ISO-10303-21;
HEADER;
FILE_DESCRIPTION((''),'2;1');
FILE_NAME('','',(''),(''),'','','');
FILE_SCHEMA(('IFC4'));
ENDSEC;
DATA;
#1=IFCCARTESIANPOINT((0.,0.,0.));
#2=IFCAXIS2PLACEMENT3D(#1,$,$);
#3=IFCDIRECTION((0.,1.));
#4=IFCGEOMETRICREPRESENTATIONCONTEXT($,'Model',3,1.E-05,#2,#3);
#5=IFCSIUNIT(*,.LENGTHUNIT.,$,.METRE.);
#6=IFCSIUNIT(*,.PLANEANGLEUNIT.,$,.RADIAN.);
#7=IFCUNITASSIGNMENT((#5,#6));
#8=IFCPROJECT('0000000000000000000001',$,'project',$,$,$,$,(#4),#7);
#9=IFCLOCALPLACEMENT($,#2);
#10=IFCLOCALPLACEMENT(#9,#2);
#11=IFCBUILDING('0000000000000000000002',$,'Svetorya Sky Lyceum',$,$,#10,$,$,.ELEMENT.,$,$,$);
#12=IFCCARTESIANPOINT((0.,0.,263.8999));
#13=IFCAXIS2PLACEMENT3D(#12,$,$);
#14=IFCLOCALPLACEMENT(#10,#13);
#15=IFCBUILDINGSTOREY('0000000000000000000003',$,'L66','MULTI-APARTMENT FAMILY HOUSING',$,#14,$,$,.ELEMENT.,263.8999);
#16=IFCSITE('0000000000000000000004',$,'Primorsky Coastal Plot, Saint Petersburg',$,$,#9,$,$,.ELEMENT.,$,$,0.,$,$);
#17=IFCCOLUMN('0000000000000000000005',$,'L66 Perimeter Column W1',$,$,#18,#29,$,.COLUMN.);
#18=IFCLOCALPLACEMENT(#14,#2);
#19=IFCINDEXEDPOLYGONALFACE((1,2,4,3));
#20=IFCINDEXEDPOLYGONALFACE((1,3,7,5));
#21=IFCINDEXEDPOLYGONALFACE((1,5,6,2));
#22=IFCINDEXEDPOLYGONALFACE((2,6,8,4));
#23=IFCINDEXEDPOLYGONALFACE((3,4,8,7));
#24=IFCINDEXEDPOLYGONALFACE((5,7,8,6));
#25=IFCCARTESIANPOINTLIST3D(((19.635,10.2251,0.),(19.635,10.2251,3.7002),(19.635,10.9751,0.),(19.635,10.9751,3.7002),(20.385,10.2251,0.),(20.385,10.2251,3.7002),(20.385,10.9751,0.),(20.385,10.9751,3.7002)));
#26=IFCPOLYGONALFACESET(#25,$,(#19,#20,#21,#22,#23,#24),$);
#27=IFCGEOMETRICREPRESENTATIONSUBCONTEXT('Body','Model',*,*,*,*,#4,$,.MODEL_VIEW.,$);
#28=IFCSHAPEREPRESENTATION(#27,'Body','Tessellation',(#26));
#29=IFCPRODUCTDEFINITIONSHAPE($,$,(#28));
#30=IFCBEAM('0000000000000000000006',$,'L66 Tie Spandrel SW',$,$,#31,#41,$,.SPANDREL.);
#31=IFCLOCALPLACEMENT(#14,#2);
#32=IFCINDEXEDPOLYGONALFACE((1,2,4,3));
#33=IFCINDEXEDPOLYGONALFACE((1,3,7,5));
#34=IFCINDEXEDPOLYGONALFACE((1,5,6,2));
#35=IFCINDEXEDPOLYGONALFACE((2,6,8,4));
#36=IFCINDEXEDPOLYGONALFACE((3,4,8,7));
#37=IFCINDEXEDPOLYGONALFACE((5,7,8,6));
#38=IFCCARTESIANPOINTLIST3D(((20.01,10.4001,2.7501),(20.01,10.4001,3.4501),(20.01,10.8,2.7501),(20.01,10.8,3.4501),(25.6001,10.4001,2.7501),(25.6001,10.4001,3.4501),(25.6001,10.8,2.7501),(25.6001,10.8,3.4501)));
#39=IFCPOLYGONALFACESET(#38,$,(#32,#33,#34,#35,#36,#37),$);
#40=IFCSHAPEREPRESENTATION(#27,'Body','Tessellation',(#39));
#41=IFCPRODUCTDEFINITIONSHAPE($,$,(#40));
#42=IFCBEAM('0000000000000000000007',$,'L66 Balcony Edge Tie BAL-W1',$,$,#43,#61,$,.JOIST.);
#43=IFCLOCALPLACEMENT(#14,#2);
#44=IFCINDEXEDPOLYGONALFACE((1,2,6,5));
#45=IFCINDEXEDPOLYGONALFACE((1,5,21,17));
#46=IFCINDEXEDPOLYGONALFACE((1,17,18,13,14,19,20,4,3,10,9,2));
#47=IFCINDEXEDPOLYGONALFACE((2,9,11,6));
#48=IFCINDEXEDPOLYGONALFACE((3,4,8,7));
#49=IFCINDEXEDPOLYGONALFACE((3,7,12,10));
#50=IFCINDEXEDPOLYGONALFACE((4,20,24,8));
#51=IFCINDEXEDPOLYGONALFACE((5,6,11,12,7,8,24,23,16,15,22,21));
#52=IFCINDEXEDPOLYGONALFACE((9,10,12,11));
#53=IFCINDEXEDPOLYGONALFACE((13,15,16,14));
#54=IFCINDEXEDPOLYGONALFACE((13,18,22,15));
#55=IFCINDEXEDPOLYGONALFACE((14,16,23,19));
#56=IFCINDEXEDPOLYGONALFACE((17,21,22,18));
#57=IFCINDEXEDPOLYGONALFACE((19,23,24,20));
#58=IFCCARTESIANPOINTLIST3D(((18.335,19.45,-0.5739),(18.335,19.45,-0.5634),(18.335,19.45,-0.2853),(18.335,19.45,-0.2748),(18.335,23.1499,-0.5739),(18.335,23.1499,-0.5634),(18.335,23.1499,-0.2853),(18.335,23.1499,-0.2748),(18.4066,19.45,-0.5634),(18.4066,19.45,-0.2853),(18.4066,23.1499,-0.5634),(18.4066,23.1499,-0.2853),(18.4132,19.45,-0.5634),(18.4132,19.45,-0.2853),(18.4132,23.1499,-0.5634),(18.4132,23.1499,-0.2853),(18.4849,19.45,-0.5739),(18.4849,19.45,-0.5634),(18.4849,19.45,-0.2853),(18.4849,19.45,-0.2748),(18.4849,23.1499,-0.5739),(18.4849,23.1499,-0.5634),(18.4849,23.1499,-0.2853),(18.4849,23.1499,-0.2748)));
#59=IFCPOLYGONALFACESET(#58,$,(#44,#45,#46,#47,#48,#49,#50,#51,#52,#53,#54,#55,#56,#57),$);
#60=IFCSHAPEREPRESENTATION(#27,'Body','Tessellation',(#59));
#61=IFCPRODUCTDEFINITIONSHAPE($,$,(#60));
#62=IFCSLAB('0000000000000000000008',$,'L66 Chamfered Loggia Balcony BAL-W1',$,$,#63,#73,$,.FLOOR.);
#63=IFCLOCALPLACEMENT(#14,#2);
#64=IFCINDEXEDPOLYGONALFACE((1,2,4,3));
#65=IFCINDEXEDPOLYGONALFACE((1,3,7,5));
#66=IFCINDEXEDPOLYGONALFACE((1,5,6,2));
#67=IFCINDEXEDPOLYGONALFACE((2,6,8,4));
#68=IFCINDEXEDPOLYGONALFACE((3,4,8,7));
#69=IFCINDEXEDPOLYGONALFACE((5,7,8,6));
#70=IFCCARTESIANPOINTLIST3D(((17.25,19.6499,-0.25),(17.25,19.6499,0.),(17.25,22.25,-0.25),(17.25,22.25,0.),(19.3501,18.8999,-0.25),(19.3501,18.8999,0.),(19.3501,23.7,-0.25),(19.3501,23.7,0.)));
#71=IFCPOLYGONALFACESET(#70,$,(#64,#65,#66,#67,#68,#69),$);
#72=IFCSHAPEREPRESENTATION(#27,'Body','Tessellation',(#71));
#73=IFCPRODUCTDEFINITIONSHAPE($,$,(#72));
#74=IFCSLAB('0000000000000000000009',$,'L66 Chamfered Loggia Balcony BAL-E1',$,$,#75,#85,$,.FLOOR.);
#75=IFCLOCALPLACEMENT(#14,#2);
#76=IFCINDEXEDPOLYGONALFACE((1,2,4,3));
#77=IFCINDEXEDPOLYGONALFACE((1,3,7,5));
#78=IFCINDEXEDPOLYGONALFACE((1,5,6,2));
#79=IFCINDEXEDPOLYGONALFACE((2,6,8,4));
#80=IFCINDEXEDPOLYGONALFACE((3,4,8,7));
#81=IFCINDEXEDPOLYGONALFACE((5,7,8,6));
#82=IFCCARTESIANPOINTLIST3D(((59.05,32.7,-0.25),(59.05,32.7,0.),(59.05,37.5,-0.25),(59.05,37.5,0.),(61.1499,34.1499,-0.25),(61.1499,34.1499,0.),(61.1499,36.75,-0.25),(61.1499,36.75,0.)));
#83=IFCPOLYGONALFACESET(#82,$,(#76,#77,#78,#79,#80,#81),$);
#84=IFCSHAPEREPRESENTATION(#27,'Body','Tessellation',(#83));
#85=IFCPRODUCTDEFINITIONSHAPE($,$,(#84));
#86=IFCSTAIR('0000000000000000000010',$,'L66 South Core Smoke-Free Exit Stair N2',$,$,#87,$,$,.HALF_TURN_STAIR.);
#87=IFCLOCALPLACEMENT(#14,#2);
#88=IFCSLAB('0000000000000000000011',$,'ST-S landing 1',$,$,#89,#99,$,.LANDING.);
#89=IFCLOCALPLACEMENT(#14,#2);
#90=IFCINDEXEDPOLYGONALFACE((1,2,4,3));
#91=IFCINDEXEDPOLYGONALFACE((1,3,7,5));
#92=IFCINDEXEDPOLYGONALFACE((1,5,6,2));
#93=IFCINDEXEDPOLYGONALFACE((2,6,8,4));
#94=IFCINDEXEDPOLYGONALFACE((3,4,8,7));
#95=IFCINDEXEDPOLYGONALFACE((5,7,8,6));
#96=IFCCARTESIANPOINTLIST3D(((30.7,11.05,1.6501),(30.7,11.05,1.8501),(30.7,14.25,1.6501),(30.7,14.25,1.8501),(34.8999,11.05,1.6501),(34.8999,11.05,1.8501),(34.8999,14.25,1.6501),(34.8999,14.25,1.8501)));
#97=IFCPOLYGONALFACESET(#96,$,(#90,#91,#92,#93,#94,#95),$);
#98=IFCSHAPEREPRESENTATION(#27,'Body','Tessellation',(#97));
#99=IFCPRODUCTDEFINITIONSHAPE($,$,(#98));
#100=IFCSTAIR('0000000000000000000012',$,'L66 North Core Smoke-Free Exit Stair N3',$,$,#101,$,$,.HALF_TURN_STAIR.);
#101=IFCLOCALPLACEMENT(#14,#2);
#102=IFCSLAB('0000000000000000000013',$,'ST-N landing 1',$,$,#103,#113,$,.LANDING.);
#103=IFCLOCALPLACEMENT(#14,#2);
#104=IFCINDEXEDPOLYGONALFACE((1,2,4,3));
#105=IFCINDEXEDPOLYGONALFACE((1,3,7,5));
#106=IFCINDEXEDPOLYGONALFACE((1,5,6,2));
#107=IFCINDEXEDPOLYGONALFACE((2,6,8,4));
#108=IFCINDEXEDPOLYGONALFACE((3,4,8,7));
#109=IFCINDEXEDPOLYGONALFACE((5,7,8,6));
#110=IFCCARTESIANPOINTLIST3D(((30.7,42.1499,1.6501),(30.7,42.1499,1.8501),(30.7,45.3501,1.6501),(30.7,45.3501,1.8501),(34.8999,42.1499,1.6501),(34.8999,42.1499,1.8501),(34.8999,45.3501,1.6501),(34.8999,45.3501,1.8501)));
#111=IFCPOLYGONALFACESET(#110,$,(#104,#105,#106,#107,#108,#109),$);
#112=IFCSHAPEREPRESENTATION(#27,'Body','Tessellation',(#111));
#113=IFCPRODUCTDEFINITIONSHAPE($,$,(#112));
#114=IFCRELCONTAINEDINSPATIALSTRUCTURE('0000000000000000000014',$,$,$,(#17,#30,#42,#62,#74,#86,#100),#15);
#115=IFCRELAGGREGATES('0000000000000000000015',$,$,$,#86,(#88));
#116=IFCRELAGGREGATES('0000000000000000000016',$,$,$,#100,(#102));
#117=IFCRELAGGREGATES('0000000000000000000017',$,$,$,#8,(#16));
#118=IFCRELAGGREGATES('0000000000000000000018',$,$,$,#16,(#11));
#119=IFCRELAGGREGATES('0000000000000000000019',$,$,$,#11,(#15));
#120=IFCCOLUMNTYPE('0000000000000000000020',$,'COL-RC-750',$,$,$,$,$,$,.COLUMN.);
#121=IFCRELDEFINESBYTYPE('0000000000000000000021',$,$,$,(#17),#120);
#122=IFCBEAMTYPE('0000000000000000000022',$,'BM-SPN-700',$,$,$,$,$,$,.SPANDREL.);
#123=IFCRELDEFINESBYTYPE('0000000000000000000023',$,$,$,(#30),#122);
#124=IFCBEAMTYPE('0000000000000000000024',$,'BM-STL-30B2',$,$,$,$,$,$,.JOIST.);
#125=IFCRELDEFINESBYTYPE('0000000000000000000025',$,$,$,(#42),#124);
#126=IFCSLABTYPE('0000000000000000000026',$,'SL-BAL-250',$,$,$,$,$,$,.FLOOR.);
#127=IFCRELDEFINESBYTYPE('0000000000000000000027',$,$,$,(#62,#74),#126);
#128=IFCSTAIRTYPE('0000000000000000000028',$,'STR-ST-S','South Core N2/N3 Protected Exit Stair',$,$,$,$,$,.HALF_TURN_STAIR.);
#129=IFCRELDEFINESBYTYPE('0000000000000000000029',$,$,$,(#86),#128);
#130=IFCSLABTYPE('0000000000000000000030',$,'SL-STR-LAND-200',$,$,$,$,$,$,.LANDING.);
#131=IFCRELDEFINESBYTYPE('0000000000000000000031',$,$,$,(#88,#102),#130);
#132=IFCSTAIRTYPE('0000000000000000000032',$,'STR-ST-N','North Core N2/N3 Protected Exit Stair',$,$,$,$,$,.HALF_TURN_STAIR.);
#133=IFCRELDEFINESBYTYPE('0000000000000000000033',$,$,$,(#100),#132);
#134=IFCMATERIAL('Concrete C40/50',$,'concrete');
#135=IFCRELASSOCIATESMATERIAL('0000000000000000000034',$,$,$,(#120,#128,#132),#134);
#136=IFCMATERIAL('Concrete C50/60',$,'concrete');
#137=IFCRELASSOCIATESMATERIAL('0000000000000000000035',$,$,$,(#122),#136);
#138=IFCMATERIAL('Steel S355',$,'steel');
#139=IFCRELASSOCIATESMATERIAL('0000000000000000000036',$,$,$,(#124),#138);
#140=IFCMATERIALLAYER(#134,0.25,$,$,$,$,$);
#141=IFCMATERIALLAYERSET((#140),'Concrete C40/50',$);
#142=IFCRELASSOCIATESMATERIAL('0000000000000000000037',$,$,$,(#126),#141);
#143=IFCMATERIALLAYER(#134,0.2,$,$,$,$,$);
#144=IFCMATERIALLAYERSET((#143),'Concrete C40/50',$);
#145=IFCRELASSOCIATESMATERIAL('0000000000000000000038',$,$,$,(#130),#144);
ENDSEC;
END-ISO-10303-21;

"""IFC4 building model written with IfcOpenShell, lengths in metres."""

from ifc_helpers import new_model, si_unit, direction, frame, origin, origin_2d, place, context, subcontext, project, spatial, polyline, rectangle, i_section, outline, extrude, material, layer, layer_set, material_profile, profile_set, type_object, element, aggregate, save


model = new_model("IFC4")

# Units and contexts
model_context = context("Model", 3, precision=1e-05, world=origin(), true_north=direction((0.0, 1.0)))
body_context = subcontext(model_context, "Body", "Model", "MODEL_VIEW")
ifc_project = project(units=[si_unit("LENGTHUNIT", "METRE"), si_unit("PLANEANGLEUNIT", "RADIAN")], contexts=[model_context])

# Site, building, storey
site_placement = place(None, origin())
site = spatial("IfcSite", under=ifc_project, at=site_placement, Name="Primorsky Coastal Plot, Saint Petersburg", CompositionType="ELEMENT", RefElevation=0.0)
building_placement = place(site_placement, origin())
building = spatial("IfcBuilding", under=site, at=building_placement, Name="Svetorya Sky Lyceum", CompositionType="ELEMENT")
storey_placement = place(building_placement, frame((0.0, 0.0, 263.8999)))
storey = spatial("IfcBuildingStorey", under=building, at=storey_placement, Name="L66", Description="MULTI-APARTMENT FAMILY HOUSING", CompositionType="ELEMENT", Elevation=263.8999)

# Column
ifc_material_1 = material(Name="Concrete C40/50", Category="concrete")
ifc_material_profile_1 = material_profile(ifc_material_1, rectangle(XDim=0.75, YDim=0.75, at=origin_2d()), Name="RC COL 750x750")
ifc_profile_set_1 = profile_set([ifc_material_profile_1], Name="Concrete C40/50")
column_type = type_object("IfcColumnType", Name="COL-RC-750", PredefinedType="COLUMN", material=ifc_profile_set_1)
column_placement = place(storey_placement, frame((20.01, 10.6001, 0.0), z_axis=(0.0, 0.0, 1.0), x_axis=(1.0, 0.0, 0.0)))
element("IfcColumn", 1, at=column_placement, inside=storey, type_object=column_type, Name="L66 Perimeter Column W1", PredefinedType="COLUMN", context=body_context, shape_type="SweptSolid", body=[
    extrude(rectangle(XDim=0.75, YDim=0.75, at=origin_2d()), origin(), (0.0, 0.0, 1.0), 3.7002),
])

# Beams
ifc_material_2 = material(Name="Concrete C50/60", Category="concrete")
ifc_material_profile_2 = material_profile(ifc_material_2, rectangle(XDim=0.3999, YDim=0.7, at=origin_2d()), Name="RC SPANDREL 400x700")
ifc_profile_set_2 = profile_set([ifc_material_profile_2], Name="Concrete C50/60")
beam_type_1 = type_object("IfcBeamType", Name="BM-SPN-700", PredefinedType="SPANDREL", material=ifc_profile_set_2)
beam_1_placement = place(storey_placement, frame((20.01, 10.6001, 3.1001), z_axis=(1.0, 0.0, 0.0), x_axis=(0.0, 1.0, 0.0)))
element("IfcBeam", 2, at=beam_1_placement, inside=storey, type_object=beam_type_1, Name="L66 Tie Spandrel SW", PredefinedType="SPANDREL", context=body_context, shape_type="SweptSolid", body=[
    extrude(rectangle(XDim=0.3999, YDim=0.7, at=origin_2d()), origin(), (0.0, 0.0, 1.0), 5.5901),
])
ifc_material_3 = material(Name="Steel S355", Category="steel")
ifc_material_profile_3 = material_profile(ifc_material_3, i_section(OverallWidth=0.1499, OverallDepth=0.2991, WebThickness=0.0066, FlangeThickness=0.0105, at=origin_2d()), Name="GOST 30B2")
ifc_profile_set_3 = profile_set([ifc_material_profile_3], Name="Steel S355")
beam_type_2 = type_object("IfcBeamType", Name="BM-STL-30B2", PredefinedType="JOIST", material=ifc_profile_set_3)
beam_2_placement = place(storey_placement, frame((18.4099, 19.45, -0.4243), z_axis=(0.0, 1.0, 0.0), x_axis=(-1.0, 0.0, 0.0)))
element("IfcBeam", 3, at=beam_2_placement, inside=storey, type_object=beam_type_2, Name="L66 Balcony Edge Tie BAL-W1", PredefinedType="JOIST", context=body_context, shape_type="SweptSolid", body=[
    extrude(i_section(OverallWidth=0.1499, OverallDepth=0.2991, WebThickness=0.0066, FlangeThickness=0.0105, at=origin_2d()), origin(), (0.0, 0.0, 1.0), 3.7),
])

# Slabs
ifc_layer_1 = layer(ifc_material_1, 0.25)
ifc_layer_set_1 = layer_set([ifc_layer_1], Name="Concrete C40/50")
slab_type_1 = type_object("IfcSlabType", Name="SL-BAL-250", PredefinedType="FLOOR", material=ifc_layer_set_1)
slab_1_placement = place(storey_placement, frame((0.0, 0.0, -0.25)))
element("IfcSlab", 4, at=slab_1_placement, inside=storey, type_object=slab_type_1, Name="L66 Chamfered Loggia Balcony BAL-W1", PredefinedType="FLOOR", context=body_context, shape_type="SweptSolid", body=[
    extrude(outline(polyline([(19.3501, 18.8999), (19.3501, 23.7), (17.25, 22.25), (17.25, 19.6499), (19.3501, 18.8999)])), origin(), (0.0, 0.0, 1.0), 0.25),
])
slab_2_placement = place(storey_placement, frame((0.0, 0.0, -0.25)))
element("IfcSlab", 5, at=slab_2_placement, inside=storey, type_object=slab_type_1, Name="L66 Chamfered Loggia Balcony BAL-E1", PredefinedType="FLOOR", context=body_context, shape_type="SweptSolid", body=[
    extrude(outline(polyline([(59.05, 32.7), (61.1499, 34.1499), (61.1499, 36.75), (59.05, 37.5), (59.05, 32.7)])), origin(), (0.0, 0.0, 1.0), 0.25),
])

# Stairs, slabs
stair_type_1 = type_object("IfcStairType", Name="STR-ST-S", Description="South Core N2/N3 Protected Exit Stair", PredefinedType="HALF_TURN_STAIR", material=ifc_material_1)
stair_1_placement = place(storey_placement, origin())
stair_1 = element("IfcStair", 6, at=stair_1_placement, inside=storey, type_object=stair_type_1, Name="L66 South Core Smoke-Free Exit Stair N2", PredefinedType="HALF_TURN_STAIR")
ifc_layer_2 = layer(ifc_material_1, 0.2)
ifc_layer_set_2 = layer_set([ifc_layer_2], Name="Concrete C40/50")
slab_type_2 = type_object("IfcSlabType", Name="SL-STR-LAND-200", PredefinedType="LANDING", material=ifc_layer_set_2)
slab_3_placement = place(storey_placement, frame((0.0, 0.0, 1.6501)))
slab_3 = element("IfcSlab", 7, at=slab_3_placement, type_object=slab_type_2, Name="ST-S landing 1", PredefinedType="LANDING", context=body_context, shape_type="SweptSolid", body=[
    extrude(outline(polyline([(30.7, 11.05), (34.8999, 11.05), (34.8999, 14.25), (30.7, 14.25), (30.7, 11.05)])), origin(), (0.0, 0.0, 1.0), 0.2),
])
aggregate(stair_1, [slab_3])
stair_type_2 = type_object("IfcStairType", Name="STR-ST-N", Description="North Core N2/N3 Protected Exit Stair", PredefinedType="HALF_TURN_STAIR", material=ifc_material_1)
stair_2_placement = place(storey_placement, origin())
stair_2 = element("IfcStair", 8, at=stair_2_placement, inside=storey, type_object=stair_type_2, Name="L66 North Core Smoke-Free Exit Stair N3", PredefinedType="HALF_TURN_STAIR")
slab_4_placement = place(storey_placement, frame((0.0, 0.0, 1.6501)))
slab_4 = element("IfcSlab", 9, at=slab_4_placement, type_object=slab_type_2, Name="ST-N landing 1", PredefinedType="LANDING", context=body_context, shape_type="SweptSolid", body=[
    extrude(outline(polyline([(30.7, 42.1499), (34.8999, 42.1499), (34.8999, 45.3501), (30.7, 45.3501), (30.7, 42.1499)])), origin(), (0.0, 0.0, 1.0), 0.2),
])
aggregate(stair_2, [slab_4])

save(model, "model.ifc")
